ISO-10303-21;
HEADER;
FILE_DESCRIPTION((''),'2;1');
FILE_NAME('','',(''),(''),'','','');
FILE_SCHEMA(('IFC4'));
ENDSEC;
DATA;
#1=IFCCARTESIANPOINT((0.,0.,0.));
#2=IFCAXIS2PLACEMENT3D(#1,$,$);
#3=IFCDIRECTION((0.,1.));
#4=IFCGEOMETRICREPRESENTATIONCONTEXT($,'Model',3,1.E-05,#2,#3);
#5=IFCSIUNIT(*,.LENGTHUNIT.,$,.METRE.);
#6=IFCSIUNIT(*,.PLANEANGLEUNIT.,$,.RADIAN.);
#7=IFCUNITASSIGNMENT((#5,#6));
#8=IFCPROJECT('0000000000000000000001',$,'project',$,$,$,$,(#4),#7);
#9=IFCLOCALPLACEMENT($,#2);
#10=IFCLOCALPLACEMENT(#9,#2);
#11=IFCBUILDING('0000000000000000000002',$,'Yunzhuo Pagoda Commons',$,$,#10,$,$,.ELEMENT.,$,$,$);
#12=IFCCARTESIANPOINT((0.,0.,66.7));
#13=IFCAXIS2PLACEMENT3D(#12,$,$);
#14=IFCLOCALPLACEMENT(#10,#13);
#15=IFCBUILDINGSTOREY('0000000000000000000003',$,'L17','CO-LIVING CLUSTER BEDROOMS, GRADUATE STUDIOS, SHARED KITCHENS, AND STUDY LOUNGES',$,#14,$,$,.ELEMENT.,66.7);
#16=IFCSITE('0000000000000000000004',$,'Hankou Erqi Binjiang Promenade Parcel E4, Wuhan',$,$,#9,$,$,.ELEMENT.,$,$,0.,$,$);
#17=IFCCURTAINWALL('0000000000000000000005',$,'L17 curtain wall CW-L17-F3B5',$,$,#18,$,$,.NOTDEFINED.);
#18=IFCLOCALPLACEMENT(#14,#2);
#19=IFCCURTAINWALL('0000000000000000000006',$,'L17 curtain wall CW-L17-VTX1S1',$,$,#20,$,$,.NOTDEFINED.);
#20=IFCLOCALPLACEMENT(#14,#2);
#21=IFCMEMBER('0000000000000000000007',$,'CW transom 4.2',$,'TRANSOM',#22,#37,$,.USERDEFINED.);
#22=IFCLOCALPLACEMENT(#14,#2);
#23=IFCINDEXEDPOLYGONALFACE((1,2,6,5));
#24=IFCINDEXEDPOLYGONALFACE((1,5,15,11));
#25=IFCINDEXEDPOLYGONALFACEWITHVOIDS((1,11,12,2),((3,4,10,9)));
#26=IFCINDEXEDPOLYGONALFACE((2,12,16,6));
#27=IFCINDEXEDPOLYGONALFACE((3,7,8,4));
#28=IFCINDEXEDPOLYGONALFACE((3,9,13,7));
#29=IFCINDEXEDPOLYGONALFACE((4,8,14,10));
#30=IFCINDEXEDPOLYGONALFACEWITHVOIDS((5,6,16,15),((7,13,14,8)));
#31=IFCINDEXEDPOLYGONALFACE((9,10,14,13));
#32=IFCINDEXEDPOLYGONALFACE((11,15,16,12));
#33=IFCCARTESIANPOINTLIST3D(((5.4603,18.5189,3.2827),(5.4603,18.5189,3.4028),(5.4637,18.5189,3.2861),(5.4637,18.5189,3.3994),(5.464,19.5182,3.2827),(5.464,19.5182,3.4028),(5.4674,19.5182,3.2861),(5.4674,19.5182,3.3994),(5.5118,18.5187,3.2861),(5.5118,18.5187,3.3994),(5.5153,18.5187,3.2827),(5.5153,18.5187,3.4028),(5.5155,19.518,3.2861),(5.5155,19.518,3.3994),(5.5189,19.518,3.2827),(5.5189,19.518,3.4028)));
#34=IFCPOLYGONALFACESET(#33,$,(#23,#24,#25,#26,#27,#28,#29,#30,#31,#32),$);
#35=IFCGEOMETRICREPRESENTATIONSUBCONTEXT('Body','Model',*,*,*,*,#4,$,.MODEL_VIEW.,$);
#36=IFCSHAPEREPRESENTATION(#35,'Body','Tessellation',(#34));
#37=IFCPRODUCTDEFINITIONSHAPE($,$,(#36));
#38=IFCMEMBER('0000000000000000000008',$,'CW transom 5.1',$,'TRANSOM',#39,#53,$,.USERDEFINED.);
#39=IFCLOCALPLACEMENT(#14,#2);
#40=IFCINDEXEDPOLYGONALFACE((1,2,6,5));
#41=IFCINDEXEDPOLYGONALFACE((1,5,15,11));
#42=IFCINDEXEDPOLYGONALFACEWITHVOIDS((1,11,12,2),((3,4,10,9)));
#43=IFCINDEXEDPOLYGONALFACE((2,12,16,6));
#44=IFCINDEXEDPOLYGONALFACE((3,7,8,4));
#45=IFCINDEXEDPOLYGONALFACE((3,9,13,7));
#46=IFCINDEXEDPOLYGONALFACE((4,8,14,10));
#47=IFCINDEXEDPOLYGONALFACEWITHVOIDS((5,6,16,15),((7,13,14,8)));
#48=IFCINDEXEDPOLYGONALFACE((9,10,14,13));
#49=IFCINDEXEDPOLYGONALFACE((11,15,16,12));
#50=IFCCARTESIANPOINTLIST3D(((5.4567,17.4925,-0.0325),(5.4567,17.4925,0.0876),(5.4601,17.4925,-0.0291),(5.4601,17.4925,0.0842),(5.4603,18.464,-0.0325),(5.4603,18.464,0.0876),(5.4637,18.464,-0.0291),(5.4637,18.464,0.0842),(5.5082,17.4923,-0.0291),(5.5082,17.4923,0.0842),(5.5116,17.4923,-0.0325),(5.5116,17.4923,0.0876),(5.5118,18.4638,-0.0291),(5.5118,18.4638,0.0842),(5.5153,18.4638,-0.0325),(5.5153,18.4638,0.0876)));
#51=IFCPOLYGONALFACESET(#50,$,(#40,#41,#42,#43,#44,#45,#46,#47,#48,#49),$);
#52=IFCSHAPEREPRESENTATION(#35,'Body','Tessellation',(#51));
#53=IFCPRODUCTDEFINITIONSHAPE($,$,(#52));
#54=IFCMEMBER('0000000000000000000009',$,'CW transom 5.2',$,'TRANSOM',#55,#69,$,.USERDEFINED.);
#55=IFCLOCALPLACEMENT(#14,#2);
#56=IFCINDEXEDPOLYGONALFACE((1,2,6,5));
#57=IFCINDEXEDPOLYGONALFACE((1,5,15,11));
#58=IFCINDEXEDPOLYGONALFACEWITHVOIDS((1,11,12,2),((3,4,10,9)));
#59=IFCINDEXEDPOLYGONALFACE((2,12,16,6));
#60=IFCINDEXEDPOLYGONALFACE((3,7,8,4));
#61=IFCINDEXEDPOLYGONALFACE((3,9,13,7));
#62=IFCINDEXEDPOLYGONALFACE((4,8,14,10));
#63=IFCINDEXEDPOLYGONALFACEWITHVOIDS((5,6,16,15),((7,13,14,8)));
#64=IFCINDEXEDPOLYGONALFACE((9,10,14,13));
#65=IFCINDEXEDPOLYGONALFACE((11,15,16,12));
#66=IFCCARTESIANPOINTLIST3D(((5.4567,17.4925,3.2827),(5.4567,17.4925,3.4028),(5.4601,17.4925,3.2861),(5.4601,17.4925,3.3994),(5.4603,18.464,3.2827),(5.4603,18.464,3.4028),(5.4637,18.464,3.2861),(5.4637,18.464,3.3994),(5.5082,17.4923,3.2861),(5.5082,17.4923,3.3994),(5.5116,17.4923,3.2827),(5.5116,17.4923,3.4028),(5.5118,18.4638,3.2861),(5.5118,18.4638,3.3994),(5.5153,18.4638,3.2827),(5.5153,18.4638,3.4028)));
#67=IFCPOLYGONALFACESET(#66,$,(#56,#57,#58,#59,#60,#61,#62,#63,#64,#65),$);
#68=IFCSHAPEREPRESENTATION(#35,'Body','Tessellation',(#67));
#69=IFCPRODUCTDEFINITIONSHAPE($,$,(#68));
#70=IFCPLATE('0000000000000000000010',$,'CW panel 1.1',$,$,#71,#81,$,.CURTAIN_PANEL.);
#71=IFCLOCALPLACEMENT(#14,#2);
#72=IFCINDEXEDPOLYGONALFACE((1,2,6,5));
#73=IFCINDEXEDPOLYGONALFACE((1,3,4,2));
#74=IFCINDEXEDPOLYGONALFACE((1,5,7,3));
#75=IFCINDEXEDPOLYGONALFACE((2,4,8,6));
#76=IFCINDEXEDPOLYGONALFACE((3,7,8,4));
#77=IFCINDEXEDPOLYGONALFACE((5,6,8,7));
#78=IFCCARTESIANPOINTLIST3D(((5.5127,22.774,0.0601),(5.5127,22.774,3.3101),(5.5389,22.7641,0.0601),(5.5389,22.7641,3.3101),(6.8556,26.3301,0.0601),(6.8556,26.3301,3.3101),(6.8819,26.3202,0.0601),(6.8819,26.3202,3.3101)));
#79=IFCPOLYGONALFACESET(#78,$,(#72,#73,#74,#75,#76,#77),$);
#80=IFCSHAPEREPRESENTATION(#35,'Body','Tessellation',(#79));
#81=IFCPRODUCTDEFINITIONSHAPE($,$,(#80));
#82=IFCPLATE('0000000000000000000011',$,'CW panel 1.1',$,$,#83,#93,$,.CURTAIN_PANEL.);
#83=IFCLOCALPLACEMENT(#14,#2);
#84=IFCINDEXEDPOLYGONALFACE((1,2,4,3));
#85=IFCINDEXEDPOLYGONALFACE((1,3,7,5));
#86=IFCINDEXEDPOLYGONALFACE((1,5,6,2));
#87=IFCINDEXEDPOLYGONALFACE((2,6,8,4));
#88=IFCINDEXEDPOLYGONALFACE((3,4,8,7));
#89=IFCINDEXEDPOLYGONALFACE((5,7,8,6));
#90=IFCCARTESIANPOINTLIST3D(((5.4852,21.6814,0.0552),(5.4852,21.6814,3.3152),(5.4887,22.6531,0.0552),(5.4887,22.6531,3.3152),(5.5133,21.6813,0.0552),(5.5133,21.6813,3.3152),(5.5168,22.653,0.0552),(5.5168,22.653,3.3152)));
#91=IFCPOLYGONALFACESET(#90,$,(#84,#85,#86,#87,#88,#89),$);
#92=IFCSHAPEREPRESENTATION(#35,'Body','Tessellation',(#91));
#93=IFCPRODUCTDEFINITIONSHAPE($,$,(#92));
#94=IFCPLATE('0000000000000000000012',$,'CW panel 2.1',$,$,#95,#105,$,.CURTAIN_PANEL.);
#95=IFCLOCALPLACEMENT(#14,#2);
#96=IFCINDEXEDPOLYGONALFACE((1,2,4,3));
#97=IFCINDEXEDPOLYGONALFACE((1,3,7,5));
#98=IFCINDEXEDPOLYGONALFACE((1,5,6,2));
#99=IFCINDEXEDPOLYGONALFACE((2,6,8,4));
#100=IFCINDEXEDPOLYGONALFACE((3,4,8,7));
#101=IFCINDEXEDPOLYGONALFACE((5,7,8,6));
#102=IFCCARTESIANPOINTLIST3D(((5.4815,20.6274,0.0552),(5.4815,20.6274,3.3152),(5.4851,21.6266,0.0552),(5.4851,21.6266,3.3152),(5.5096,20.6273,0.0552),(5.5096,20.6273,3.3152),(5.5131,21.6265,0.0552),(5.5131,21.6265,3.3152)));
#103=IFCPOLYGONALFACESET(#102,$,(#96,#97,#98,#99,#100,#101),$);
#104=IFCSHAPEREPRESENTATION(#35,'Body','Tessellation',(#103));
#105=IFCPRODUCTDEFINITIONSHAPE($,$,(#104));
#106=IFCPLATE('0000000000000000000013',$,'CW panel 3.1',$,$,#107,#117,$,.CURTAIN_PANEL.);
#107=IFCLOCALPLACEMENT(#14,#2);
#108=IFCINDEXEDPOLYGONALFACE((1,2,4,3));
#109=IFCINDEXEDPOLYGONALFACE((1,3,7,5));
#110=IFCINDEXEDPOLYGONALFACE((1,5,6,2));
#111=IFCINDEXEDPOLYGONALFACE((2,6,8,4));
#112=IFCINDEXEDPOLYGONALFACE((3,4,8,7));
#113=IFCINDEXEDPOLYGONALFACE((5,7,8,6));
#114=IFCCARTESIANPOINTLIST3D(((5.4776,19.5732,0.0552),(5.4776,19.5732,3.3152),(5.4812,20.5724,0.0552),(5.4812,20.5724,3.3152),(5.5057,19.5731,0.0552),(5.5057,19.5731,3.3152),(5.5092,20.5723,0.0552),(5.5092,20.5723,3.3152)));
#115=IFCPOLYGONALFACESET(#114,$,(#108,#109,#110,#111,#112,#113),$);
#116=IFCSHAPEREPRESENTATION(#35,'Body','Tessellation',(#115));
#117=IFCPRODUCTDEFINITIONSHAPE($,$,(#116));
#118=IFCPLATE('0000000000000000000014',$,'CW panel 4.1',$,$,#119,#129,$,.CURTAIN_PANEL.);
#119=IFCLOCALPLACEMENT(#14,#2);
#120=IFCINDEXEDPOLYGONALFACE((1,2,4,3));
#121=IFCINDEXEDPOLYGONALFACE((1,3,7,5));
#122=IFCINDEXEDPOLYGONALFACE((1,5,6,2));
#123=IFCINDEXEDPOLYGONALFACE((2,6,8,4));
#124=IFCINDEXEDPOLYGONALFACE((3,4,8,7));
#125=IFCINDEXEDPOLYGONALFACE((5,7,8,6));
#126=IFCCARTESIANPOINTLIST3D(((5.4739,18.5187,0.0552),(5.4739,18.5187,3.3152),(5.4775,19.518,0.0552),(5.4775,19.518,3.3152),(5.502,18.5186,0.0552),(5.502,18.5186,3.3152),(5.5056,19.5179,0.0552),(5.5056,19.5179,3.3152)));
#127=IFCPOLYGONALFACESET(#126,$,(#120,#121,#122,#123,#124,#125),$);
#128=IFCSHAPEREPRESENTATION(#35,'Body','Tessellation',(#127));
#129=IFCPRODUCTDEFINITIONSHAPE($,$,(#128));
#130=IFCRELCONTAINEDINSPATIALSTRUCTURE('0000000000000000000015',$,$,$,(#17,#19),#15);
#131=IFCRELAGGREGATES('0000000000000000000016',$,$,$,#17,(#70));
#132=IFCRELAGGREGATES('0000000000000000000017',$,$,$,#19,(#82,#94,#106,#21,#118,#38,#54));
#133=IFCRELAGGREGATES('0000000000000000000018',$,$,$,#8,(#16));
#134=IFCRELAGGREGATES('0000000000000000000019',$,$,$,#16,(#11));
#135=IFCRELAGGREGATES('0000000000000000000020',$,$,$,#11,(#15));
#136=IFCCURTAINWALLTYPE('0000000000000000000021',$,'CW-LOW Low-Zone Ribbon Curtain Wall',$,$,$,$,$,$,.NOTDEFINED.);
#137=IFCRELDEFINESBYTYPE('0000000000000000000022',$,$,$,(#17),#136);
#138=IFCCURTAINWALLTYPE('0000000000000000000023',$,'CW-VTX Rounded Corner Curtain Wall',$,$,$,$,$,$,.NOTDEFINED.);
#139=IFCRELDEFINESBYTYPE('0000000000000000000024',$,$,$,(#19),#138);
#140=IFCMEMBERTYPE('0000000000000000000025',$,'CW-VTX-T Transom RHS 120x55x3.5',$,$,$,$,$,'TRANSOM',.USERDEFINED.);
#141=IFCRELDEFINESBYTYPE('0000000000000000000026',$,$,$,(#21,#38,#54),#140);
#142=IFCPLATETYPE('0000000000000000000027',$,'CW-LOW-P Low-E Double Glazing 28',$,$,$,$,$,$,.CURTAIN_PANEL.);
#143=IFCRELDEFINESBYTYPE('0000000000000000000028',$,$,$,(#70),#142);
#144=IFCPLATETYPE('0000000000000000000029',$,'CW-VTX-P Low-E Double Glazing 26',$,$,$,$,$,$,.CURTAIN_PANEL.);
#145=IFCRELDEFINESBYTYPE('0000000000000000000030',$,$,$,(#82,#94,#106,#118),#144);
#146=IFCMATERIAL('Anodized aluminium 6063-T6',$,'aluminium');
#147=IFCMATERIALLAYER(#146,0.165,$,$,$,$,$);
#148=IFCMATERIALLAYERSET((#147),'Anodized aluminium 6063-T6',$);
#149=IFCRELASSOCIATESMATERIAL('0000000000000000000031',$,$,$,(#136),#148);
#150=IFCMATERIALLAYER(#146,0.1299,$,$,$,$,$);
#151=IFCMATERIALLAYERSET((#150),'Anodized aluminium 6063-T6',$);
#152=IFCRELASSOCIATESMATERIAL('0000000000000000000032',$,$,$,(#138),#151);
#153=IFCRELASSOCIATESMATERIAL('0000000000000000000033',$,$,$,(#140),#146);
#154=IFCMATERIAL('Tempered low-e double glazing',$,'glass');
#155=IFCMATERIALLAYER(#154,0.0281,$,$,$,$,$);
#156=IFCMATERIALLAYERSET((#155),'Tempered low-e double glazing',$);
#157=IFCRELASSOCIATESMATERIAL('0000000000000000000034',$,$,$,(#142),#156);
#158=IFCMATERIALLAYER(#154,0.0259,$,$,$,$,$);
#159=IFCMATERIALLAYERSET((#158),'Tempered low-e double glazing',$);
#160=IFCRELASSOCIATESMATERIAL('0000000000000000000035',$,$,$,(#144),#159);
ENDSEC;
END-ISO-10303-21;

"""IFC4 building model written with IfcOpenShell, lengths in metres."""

from ifc_helpers import new_model, si_unit, direction, frame, origin, origin_2d, place, context, subcontext, project, spatial, rectangle, hollow_rectangle, extrude, source, transform, mapped, material, layer, layer_set, material_profile, profile_set, type_object, element, aggregate, save


model = new_model("IFC4")

# Units and contexts
model_context = context("Model", 3, precision=1e-05, world=origin(), true_north=direction((0.0, 1.0)))
body_context = subcontext(model_context, "Body", "Model", "MODEL_VIEW")
ifc_project = project(units=[si_unit("LENGTHUNIT", "METRE"), si_unit("PLANEANGLEUNIT", "RADIAN")], contexts=[model_context])

# Site, building, storey
site_placement = place(None, origin())
site = spatial("IfcSite", under=ifc_project, at=site_placement, Name="Hankou Erqi Binjiang Promenade Parcel E4, Wuhan", CompositionType="ELEMENT", RefElevation=0.0)
building_placement = place(site_placement, origin())
building = spatial("IfcBuilding", under=site, at=building_placement, Name="Yunzhuo Pagoda Commons", CompositionType="ELEMENT")
storey_placement = place(building_placement, frame((0.0, 0.0, 66.7)))
storey = spatial("IfcBuildingStorey", under=building, at=storey_placement, Name="L17", Description="CO-LIVING CLUSTER BEDROOMS, GRADUATE STUDIOS, SHARED KITCHENS, AND STUDY LOUNGES", CompositionType="ELEMENT", Elevation=66.7)

# Shared definitions
ifc_material_1 = material(Name="Anodized aluminium 6063-T6", Category="aluminium")
ifc_layer_1 = layer(ifc_material_1, 0.165)
ifc_layer_set_1 = layer_set([ifc_layer_1], Name="Anodized aluminium 6063-T6")
curtain_wall_type_1 = type_object("IfcCurtainWallType", Name="CW-LOW Low-Zone Ribbon Curtain Wall", PredefinedType="NOTDEFINED", material=ifc_layer_set_1)

# Curtain walls
curtain_wall_1_placement = place(storey_placement, origin())
curtain_wall_1 = element("IfcCurtainWall", 1, at=curtain_wall_1_placement, inside=storey, type_object=curtain_wall_type_1, Name="L17 curtain wall CW-L17-F3B5", PredefinedType="NOTDEFINED")
ifc_layer_2 = layer(ifc_material_1, 0.1299)
ifc_layer_set_2 = layer_set([ifc_layer_2], Name="Anodized aluminium 6063-T6")
curtain_wall_type_2 = type_object("IfcCurtainWallType", Name="CW-VTX Rounded Corner Curtain Wall", PredefinedType="NOTDEFINED", material=ifc_layer_set_2)
curtain_wall_2_placement = place(storey_placement, origin())
curtain_wall_2 = element("IfcCurtainWall", 2, at=curtain_wall_2_placement, inside=storey, type_object=curtain_wall_type_2, Name="L17 curtain wall CW-L17-VTX1S1", PredefinedType="NOTDEFINED")

# Members
ifc_material_profile_1 = material_profile(ifc_material_1, hollow_rectangle(XDim=0.0549, YDim=0.1201, WallThickness=0.0034, at=origin_2d()), Name="Anodized aluminium 6063-T6")
ifc_profile_set_1 = profile_set([ifc_material_profile_1], Name="Anodized aluminium 6063-T6")
member_type_1 = type_object("IfcMemberType", Name="CW-VTX-T Transom RHS 120x55x3.5", ElementType="TRANSOM", PredefinedType="USERDEFINED", material=ifc_profile_set_1)
shared_shape_1 = source(origin(), body_context, "Body", "SweptSolid", [
    extrude(hollow_rectangle(XDim=0.0549, YDim=0.1201, WallThickness=0.0034, at=origin_2d()), origin(), (0.0, 0.0, 1.0), 0.9993),
])
member_1_placement = place(storey_placement, frame((5.4915, 19.5181, 3.3428), z_axis=(-0.003665, -0.999993, 0.0), x_axis=(0.999993, -0.003665, 0.0)))
member_1 = element("IfcMember", 3, at=member_1_placement, type_object=member_type_1, Name="CW transom 4.2", ObjectType="TRANSOM", PredefinedType="USERDEFINED", context=body_context, shape_type="MappedRepresentation", body=[
    mapped(shared_shape_1, transform((0.0, 0.0, 0.0), scale=1.0)),
])
shared_shape_2 = source(origin(), body_context, "Body", "SweptSolid", [
    extrude(hollow_rectangle(XDim=0.0549, YDim=0.1201, WallThickness=0.0034, at=origin_2d()), origin(), (0.0, 0.0, 1.0), 0.9714),
])
member_2_placement = place(storey_placement, frame((5.4878, 18.4639, 0.0276), z_axis=(-0.00377, -0.999993, 0.0), x_axis=(0.999993, -0.00377, 0.0)))
member_2 = element("IfcMember", 4, at=member_2_placement, type_object=member_type_1, Name="CW transom 5.1", ObjectType="TRANSOM", PredefinedType="USERDEFINED", context=body_context, shape_type="MappedRepresentation", body=[
    mapped(shared_shape_2, transform((0.0, 0.0, 0.0), scale=1.0)),
])
member_3_placement = place(storey_placement, frame((5.4878, 18.4639, 3.3428), z_axis=(-0.00377, -0.999993, 0.0), x_axis=(0.999993, -0.00377, 0.0)))
member_3 = element("IfcMember", 5, at=member_3_placement, type_object=member_type_1, Name="CW transom 5.2", ObjectType="TRANSOM", PredefinedType="USERDEFINED", context=body_context, shape_type="MappedRepresentation", body=[
    mapped(shared_shape_2, transform((0.0, 0.0, 0.0), scale=1.0)),
])

# Plates
ifc_material_2 = material(Name="Tempered low-e double glazing", Category="glass")
ifc_layer_3 = layer(ifc_material_2, 0.0281)
ifc_layer_set_3 = layer_set([ifc_layer_3], Name="Tempered low-e double glazing")
plate_type_1 = type_object("IfcPlateType", Name="CW-LOW-P Low-E Double Glazing 28", PredefinedType="CURTAIN_PANEL", material=ifc_layer_set_3)
shared_shape_3 = source(origin(), body_context, "Body", "SweptSolid", [
    extrude(rectangle(XDim=3.8013, YDim=0.0281, at=origin_2d()), origin(), (0.0, 0.0, 1.0), 3.25),
])
plate_1_placement = place(storey_placement, frame((6.1973, 24.5471, 0.0601), z_axis=(0.0, 0.0, 1.0), x_axis=(-0.353291, -0.935513, 0.0)))
plate_1 = element("IfcPlate", 6, at=plate_1_placement, type_object=plate_type_1, Name="CW panel 1.1", PredefinedType="CURTAIN_PANEL", context=body_context, shape_type="MappedRepresentation", body=[
    mapped(shared_shape_3, transform((0.0, 0.0, 0.0), scale=1.0)),
])
aggregate(curtain_wall_1, [plate_1])
ifc_layer_4 = layer(ifc_material_2, 0.0259)
ifc_layer_set_4 = layer_set([ifc_layer_4], Name="Tempered low-e double glazing")
plate_type_2 = type_object("IfcPlateType", Name="CW-VTX-P Low-E Double Glazing 26", PredefinedType="CURTAIN_PANEL", material=ifc_layer_set_4)
shared_shape_4 = source(origin(), body_context, "Body", "SweptSolid", [
    extrude(rectangle(XDim=0.9717, YDim=0.0281, at=origin_2d()), origin(), (0.0, 0.0, 1.0), 3.26),
])
plate_2_placement = place(storey_placement, frame((5.501, 22.1672, 0.0552), z_axis=(0.0, 0.0, 1.0), x_axis=(-0.003586, -0.999994, 0.0)))
plate_2 = element("IfcPlate", 7, at=plate_2_placement, type_object=plate_type_2, Name="CW panel 1.1", PredefinedType="CURTAIN_PANEL", context=body_context, shape_type="MappedRepresentation", body=[
    mapped(shared_shape_4, transform((0.0, 0.0, 0.0), scale=1.0)),
])
shared_shape_5 = source(origin(), body_context, "Body", "SweptSolid", [
    extrude(rectangle(XDim=0.9993, YDim=0.0281, at=origin_2d()), origin(), (0.0, 0.0, 1.0), 3.26),
])
plate_3_placement = place(storey_placement, frame((5.4973, 21.127, 0.0552), z_axis=(0.0, 0.0, 1.0), x_axis=(-0.003586, -0.999994, 0.0)))
plate_3 = element("IfcPlate", 8, at=plate_3_placement, type_object=plate_type_2, Name="CW panel 2.1", PredefinedType="CURTAIN_PANEL", context=body_context, shape_type="MappedRepresentation", body=[
    mapped(shared_shape_5, transform((0.0, 0.0, 0.0), scale=1.0)),
])
plate_4_placement = place(storey_placement, frame((5.4934, 20.0728, 0.0552), z_axis=(0.0, 0.0, 1.0), x_axis=(-0.003586, -0.999994, 0.0)))
plate_4 = element("IfcPlate", 9, at=plate_4_placement, type_object=plate_type_2, Name="CW panel 3.1", PredefinedType="CURTAIN_PANEL", context=body_context, shape_type="MappedRepresentation", body=[
    mapped(shared_shape_5, transform((0.0, 0.0, 0.0), scale=1.0)),
])
plate_5_placement = place(storey_placement, frame((5.4897, 19.0183, 0.0552), z_axis=(0.0, 0.0, 1.0), x_axis=(-0.003586, -0.999994, 0.0)))
plate_5 = element("IfcPlate", 10, at=plate_5_placement, type_object=plate_type_2, Name="CW panel 4.1", PredefinedType="CURTAIN_PANEL", context=body_context, shape_type="MappedRepresentation", body=[
    mapped(shared_shape_5, transform((0.0, 0.0, 0.0), scale=1.0)),
])
aggregate(curtain_wall_2, [plate_2, plate_3, plate_4, member_1, plate_5, member_2, member_3])

save(model, "model.ifc")
